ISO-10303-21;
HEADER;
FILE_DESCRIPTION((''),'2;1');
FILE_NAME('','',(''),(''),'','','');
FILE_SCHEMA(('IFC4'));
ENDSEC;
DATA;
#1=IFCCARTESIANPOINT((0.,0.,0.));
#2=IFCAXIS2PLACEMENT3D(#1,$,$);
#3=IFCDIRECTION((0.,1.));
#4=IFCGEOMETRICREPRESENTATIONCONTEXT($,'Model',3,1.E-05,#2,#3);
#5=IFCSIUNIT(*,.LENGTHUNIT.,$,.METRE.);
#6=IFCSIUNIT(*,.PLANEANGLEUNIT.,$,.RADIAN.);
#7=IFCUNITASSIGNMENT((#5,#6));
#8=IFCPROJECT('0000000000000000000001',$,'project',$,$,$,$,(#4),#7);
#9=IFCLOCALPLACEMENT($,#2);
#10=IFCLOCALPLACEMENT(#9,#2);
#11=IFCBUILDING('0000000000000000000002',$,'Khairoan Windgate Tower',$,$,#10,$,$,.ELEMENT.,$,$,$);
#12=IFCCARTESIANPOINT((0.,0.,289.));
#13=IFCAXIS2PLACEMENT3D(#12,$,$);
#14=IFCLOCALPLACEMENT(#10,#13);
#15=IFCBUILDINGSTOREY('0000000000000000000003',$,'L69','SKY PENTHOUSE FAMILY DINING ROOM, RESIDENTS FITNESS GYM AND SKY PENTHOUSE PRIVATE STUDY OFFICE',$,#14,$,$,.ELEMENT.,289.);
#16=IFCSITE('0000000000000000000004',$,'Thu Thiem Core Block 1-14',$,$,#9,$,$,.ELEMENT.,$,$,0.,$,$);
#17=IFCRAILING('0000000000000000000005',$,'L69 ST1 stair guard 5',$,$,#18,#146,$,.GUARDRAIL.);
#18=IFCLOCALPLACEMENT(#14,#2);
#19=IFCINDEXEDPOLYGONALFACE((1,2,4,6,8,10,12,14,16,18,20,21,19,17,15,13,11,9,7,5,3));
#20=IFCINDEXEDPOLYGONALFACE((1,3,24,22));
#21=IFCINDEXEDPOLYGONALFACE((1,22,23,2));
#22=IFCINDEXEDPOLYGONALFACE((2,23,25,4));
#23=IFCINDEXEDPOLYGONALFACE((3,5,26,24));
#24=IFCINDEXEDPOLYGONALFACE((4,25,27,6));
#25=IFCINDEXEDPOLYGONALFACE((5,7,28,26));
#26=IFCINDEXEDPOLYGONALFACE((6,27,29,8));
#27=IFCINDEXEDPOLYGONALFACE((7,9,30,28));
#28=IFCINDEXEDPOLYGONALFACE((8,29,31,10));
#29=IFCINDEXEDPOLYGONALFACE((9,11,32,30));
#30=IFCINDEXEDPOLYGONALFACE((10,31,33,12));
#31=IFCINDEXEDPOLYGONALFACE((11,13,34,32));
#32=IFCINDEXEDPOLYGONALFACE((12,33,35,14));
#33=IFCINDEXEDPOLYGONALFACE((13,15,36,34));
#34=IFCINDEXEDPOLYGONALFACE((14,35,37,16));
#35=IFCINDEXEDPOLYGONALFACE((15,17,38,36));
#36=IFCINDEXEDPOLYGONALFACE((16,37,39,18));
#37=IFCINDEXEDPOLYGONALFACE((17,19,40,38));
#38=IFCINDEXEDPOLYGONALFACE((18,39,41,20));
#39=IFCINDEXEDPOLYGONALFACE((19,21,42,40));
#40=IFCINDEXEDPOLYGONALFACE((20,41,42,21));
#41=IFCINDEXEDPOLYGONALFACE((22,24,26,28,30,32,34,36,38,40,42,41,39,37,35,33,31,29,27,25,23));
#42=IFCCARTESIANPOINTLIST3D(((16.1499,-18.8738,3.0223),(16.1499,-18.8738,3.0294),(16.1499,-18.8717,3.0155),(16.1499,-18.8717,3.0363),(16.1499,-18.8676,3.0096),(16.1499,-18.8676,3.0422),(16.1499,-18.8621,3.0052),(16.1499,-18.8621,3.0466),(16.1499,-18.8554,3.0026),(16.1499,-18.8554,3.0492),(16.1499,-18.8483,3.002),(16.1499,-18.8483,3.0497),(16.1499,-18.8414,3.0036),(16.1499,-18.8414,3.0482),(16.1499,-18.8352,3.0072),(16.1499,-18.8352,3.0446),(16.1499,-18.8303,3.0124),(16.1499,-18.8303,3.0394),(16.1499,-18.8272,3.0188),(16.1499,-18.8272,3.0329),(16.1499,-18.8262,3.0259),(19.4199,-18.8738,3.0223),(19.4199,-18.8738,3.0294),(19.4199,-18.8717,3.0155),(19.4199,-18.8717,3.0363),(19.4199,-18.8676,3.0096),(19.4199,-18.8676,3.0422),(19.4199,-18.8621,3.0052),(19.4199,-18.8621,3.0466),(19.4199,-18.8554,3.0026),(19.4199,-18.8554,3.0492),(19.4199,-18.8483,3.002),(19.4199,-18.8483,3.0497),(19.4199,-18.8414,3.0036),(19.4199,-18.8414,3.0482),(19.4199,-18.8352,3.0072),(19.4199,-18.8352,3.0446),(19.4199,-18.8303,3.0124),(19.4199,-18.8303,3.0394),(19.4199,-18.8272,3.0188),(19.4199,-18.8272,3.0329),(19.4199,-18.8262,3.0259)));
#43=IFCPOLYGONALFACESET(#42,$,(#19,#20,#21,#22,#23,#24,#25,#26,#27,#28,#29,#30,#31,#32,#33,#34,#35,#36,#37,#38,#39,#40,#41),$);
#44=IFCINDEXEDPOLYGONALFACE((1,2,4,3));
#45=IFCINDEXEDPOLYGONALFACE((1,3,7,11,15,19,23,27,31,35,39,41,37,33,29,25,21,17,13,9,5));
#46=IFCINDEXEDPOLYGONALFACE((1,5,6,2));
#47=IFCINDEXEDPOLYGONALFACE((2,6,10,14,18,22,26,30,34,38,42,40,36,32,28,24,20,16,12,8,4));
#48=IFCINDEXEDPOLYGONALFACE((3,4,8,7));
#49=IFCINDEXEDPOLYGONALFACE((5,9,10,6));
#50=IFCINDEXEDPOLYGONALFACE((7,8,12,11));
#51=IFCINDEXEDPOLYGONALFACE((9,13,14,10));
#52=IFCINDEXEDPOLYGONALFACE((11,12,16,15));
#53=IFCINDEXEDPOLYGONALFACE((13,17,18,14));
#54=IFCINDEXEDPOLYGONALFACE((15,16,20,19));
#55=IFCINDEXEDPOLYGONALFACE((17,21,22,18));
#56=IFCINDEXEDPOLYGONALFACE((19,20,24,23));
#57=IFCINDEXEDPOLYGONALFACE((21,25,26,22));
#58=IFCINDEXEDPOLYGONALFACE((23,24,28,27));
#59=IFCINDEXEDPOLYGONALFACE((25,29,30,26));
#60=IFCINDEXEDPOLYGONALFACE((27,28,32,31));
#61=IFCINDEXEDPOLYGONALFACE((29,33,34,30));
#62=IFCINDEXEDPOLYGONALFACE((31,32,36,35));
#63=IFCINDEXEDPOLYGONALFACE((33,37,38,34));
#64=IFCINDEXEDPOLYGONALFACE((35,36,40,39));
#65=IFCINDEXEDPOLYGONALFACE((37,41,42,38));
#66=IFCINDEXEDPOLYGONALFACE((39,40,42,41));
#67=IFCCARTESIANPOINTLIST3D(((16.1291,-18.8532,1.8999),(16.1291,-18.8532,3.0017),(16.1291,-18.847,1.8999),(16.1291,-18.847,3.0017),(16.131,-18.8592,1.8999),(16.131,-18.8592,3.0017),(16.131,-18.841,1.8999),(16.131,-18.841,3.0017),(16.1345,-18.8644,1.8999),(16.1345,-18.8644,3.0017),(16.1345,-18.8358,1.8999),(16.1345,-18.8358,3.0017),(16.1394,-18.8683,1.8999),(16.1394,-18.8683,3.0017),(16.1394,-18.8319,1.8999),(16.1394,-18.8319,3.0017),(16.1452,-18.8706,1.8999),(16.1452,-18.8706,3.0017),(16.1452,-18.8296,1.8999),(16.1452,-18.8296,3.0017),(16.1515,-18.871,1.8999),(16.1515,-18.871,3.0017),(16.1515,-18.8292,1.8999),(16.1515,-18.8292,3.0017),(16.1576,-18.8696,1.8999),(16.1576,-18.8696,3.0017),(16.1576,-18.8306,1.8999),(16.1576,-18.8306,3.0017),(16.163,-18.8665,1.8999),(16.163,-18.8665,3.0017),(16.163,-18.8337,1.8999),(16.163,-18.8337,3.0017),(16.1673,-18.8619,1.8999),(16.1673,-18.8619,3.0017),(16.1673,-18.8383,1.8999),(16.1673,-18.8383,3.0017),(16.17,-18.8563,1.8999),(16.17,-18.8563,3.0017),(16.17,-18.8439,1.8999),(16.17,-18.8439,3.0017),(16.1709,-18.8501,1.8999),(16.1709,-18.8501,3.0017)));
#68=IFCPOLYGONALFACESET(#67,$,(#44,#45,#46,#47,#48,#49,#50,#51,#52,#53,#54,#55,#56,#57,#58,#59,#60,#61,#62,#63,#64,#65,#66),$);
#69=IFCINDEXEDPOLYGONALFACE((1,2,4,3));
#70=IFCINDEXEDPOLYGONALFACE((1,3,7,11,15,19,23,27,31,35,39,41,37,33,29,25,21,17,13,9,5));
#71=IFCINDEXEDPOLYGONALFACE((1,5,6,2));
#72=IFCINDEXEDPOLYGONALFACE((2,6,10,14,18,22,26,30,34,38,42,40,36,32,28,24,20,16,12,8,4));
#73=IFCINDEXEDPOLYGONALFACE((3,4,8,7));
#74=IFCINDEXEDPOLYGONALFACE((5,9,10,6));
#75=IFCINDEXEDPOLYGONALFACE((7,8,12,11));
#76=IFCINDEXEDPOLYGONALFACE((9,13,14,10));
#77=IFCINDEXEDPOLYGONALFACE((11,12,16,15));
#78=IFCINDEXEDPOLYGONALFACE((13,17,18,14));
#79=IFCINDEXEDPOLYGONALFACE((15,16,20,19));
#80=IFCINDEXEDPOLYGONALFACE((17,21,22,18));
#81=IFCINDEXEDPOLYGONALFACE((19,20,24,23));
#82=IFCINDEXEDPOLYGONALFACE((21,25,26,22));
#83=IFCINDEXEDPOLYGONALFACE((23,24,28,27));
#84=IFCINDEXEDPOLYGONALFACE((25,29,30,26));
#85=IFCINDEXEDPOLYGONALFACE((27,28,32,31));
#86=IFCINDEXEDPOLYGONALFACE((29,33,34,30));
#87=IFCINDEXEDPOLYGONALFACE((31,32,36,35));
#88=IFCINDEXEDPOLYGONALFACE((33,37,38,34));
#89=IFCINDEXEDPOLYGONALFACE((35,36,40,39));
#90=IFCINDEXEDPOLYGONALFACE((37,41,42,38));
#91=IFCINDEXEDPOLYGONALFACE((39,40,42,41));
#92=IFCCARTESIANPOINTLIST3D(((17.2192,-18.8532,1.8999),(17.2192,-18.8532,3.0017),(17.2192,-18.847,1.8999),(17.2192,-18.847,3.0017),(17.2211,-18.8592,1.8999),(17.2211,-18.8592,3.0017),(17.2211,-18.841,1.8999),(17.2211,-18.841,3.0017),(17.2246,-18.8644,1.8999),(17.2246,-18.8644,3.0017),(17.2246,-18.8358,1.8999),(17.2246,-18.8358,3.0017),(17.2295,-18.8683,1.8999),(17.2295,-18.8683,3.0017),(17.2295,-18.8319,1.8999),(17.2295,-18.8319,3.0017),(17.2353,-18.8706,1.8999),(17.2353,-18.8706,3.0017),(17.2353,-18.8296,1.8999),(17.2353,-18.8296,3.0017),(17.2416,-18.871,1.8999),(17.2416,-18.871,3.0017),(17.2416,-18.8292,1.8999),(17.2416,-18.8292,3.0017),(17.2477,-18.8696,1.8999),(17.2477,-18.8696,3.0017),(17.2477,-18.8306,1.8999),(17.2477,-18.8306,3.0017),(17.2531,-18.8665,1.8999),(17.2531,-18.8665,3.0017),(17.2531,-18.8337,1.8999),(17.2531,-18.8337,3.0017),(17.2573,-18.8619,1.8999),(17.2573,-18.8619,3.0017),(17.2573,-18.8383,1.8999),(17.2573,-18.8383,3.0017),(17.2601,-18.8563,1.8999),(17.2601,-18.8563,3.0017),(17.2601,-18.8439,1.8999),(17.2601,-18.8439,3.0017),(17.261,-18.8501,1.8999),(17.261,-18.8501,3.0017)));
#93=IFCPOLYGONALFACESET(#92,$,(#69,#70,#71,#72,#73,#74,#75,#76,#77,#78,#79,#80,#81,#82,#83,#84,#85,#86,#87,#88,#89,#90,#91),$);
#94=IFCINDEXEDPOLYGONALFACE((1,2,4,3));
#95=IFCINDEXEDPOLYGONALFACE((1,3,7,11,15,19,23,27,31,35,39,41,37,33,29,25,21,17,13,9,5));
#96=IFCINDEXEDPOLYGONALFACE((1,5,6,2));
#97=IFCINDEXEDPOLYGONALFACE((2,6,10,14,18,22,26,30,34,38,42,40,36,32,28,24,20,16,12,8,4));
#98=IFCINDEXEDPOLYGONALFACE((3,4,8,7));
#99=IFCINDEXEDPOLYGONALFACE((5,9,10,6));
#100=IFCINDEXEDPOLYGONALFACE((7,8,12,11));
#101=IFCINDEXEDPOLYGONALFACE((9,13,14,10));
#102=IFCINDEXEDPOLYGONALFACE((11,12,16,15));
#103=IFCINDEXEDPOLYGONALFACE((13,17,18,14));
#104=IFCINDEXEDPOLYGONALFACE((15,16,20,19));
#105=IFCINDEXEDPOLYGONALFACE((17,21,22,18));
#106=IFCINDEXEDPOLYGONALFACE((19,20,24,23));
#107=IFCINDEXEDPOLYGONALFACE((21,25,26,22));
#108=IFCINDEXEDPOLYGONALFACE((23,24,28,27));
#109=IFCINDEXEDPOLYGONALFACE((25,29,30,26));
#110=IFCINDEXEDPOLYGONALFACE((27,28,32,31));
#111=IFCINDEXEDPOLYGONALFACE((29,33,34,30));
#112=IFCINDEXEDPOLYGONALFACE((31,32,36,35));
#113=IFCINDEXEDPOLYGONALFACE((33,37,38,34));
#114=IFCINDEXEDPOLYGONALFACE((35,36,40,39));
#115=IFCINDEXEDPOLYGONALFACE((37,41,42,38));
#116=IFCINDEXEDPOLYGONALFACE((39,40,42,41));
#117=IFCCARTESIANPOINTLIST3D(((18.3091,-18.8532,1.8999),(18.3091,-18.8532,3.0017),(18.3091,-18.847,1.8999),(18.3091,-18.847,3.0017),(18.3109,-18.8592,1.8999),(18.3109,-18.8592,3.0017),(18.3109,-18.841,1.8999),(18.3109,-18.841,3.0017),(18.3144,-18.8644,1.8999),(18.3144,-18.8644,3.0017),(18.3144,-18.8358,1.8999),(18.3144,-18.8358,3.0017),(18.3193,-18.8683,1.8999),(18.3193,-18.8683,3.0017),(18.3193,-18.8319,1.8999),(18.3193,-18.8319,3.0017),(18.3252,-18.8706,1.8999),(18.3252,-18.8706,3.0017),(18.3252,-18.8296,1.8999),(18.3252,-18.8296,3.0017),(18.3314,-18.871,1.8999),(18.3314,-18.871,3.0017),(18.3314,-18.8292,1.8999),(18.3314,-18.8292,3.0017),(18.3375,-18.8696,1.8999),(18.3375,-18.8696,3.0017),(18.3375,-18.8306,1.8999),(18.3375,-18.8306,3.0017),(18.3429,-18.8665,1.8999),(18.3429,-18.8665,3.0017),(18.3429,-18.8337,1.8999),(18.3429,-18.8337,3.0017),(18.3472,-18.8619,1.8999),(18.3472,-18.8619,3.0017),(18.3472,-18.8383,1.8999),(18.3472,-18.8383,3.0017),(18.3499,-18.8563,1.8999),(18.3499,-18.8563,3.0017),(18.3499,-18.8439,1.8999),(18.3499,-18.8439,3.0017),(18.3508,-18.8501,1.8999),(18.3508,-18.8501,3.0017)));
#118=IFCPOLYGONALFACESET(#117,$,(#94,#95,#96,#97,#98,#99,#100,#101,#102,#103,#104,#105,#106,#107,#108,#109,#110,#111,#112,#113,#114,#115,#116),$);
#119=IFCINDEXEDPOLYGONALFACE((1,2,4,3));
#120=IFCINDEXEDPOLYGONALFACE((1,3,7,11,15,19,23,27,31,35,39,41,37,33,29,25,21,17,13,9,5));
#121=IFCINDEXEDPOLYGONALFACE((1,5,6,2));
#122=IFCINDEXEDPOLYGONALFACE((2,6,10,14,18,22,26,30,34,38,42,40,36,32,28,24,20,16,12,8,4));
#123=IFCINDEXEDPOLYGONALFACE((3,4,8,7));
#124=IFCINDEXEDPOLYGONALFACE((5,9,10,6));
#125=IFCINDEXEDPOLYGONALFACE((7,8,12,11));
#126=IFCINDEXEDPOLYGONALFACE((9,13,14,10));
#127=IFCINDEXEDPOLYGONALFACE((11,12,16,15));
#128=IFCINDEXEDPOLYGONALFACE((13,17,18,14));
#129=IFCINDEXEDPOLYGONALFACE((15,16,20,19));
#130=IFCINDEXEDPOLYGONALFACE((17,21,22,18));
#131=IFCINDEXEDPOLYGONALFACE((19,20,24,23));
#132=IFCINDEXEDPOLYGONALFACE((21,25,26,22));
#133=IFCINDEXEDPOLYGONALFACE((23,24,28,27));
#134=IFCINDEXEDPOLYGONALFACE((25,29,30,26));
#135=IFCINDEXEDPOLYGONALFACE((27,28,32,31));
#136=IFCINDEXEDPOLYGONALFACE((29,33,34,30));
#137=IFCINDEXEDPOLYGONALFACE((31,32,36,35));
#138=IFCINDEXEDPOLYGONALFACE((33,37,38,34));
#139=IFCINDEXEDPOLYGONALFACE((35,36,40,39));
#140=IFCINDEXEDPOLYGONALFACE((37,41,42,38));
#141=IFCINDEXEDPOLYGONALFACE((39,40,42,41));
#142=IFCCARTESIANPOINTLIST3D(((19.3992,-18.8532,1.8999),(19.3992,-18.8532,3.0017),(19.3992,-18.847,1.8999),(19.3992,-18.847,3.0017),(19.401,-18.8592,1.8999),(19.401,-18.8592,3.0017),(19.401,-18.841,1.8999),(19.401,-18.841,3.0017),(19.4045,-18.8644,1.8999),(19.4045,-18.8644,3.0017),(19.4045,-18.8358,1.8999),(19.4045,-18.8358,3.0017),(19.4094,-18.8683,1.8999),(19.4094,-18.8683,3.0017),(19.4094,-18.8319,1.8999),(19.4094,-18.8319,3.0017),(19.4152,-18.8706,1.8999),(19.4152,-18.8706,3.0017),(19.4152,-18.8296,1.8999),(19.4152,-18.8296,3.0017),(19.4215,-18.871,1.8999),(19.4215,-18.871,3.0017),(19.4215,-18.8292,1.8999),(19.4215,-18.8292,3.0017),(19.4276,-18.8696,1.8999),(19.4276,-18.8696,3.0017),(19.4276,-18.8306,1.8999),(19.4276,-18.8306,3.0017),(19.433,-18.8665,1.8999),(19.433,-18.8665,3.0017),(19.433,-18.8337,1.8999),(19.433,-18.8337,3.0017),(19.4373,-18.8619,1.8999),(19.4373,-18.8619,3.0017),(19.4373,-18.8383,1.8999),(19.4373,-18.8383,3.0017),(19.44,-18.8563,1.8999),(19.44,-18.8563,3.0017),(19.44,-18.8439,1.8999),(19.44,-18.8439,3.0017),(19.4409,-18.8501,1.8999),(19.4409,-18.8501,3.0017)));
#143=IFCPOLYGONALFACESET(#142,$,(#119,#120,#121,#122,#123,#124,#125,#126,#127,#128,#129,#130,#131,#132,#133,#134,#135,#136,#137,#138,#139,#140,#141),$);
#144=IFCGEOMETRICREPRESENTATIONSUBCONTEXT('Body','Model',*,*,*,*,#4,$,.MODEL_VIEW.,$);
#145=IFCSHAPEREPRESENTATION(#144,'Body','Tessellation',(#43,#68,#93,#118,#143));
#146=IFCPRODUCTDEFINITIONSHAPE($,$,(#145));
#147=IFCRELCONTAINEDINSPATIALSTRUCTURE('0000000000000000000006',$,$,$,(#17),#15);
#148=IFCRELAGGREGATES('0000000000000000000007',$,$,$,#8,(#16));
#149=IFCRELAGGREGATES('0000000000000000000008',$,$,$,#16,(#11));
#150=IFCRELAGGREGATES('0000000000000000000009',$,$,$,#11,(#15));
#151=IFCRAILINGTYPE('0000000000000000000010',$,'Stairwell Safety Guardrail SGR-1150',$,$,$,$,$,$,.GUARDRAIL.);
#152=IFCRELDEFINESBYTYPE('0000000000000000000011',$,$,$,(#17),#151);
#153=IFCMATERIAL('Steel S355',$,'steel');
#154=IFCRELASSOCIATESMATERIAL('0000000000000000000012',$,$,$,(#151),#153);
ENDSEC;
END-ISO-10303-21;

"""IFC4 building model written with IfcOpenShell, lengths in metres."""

from ifc_helpers import new_model, si_unit, direction, frame, origin, origin_2d, place, context, subcontext, project, spatial, circle, extrude, material, type_object, element, save


model = new_model("IFC4")

# Units and contexts
model_context = context("Model", 3, precision=1e-05, world=origin(), true_north=direction((0.0, 1.0)))
body_context = subcontext(model_context, "Body", "Model", "MODEL_VIEW")
ifc_project = project(units=[si_unit("LENGTHUNIT", "METRE"), si_unit("PLANEANGLEUNIT", "RADIAN")], contexts=[model_context])

# Site, building, storey
site_placement = place(None, origin())
site = spatial("IfcSite", under=ifc_project, at=site_placement, Name="Thu Thiem Core Block 1-14", CompositionType="ELEMENT", RefElevation=0.0)
building_placement = place(site_placement, origin())
building = spatial("IfcBuilding", under=site, at=building_placement, Name="Khairoan Windgate Tower", CompositionType="ELEMENT")
storey_placement = place(building_placement, frame((0.0, 0.0, 289.0)))
storey = spatial("IfcBuildingStorey", under=building, at=storey_placement, Name="L69", Description="SKY PENTHOUSE FAMILY DINING ROOM, RESIDENTS FITNESS GYM AND SKY PENTHOUSE PRIVATE STUDY OFFICE", CompositionType="ELEMENT", Elevation=289.0)

# Railing
ifc_material_1 = material(Name="Steel S355", Category="steel")
railing_type = type_object("IfcRailingType", Name="Stairwell Safety Guardrail SGR-1150", PredefinedType="GUARDRAIL", material=ifc_material_1)
railing_1_placement = place(storey_placement, frame((16.1499, -18.8501, 1.8999)))
element("IfcRailing", 1, at=railing_1_placement, inside=storey, type_object=railing_type, Name="L69 ST1 stair guard 5", PredefinedType="GUARDRAIL", context=body_context, shape_type="SweptSolid", body=[
    extrude(circle(Radius=0.0239, at=origin_2d()), frame((0.0, 0.0, 1.126), z_axis=(1.0, 0.0, 0.0), x_axis=(0.0, 1.0, 0.0)), (0.0, 0.0, 1.0), 3.27),
    extrude(circle(Radius=0.021, at=origin_2d()), origin(), (0.0, 0.0, 1.0), 1.1018),
    extrude(circle(Radius=0.021, at=origin_2d()), frame((1.0901, 0.0, 0.0)), (0.0, 0.0, 1.0), 1.1018),
    extrude(circle(Radius=0.021, at=origin_2d()), frame((2.1799, 0.0, 0.0)), (0.0, 0.0, 1.0), 1.1018),
    extrude(circle(Radius=0.021, at=origin_2d()), frame((3.27, 0.0, 0.0)), (0.0, 0.0, 1.0), 1.1018),
])

save(model, "model.ifc")
